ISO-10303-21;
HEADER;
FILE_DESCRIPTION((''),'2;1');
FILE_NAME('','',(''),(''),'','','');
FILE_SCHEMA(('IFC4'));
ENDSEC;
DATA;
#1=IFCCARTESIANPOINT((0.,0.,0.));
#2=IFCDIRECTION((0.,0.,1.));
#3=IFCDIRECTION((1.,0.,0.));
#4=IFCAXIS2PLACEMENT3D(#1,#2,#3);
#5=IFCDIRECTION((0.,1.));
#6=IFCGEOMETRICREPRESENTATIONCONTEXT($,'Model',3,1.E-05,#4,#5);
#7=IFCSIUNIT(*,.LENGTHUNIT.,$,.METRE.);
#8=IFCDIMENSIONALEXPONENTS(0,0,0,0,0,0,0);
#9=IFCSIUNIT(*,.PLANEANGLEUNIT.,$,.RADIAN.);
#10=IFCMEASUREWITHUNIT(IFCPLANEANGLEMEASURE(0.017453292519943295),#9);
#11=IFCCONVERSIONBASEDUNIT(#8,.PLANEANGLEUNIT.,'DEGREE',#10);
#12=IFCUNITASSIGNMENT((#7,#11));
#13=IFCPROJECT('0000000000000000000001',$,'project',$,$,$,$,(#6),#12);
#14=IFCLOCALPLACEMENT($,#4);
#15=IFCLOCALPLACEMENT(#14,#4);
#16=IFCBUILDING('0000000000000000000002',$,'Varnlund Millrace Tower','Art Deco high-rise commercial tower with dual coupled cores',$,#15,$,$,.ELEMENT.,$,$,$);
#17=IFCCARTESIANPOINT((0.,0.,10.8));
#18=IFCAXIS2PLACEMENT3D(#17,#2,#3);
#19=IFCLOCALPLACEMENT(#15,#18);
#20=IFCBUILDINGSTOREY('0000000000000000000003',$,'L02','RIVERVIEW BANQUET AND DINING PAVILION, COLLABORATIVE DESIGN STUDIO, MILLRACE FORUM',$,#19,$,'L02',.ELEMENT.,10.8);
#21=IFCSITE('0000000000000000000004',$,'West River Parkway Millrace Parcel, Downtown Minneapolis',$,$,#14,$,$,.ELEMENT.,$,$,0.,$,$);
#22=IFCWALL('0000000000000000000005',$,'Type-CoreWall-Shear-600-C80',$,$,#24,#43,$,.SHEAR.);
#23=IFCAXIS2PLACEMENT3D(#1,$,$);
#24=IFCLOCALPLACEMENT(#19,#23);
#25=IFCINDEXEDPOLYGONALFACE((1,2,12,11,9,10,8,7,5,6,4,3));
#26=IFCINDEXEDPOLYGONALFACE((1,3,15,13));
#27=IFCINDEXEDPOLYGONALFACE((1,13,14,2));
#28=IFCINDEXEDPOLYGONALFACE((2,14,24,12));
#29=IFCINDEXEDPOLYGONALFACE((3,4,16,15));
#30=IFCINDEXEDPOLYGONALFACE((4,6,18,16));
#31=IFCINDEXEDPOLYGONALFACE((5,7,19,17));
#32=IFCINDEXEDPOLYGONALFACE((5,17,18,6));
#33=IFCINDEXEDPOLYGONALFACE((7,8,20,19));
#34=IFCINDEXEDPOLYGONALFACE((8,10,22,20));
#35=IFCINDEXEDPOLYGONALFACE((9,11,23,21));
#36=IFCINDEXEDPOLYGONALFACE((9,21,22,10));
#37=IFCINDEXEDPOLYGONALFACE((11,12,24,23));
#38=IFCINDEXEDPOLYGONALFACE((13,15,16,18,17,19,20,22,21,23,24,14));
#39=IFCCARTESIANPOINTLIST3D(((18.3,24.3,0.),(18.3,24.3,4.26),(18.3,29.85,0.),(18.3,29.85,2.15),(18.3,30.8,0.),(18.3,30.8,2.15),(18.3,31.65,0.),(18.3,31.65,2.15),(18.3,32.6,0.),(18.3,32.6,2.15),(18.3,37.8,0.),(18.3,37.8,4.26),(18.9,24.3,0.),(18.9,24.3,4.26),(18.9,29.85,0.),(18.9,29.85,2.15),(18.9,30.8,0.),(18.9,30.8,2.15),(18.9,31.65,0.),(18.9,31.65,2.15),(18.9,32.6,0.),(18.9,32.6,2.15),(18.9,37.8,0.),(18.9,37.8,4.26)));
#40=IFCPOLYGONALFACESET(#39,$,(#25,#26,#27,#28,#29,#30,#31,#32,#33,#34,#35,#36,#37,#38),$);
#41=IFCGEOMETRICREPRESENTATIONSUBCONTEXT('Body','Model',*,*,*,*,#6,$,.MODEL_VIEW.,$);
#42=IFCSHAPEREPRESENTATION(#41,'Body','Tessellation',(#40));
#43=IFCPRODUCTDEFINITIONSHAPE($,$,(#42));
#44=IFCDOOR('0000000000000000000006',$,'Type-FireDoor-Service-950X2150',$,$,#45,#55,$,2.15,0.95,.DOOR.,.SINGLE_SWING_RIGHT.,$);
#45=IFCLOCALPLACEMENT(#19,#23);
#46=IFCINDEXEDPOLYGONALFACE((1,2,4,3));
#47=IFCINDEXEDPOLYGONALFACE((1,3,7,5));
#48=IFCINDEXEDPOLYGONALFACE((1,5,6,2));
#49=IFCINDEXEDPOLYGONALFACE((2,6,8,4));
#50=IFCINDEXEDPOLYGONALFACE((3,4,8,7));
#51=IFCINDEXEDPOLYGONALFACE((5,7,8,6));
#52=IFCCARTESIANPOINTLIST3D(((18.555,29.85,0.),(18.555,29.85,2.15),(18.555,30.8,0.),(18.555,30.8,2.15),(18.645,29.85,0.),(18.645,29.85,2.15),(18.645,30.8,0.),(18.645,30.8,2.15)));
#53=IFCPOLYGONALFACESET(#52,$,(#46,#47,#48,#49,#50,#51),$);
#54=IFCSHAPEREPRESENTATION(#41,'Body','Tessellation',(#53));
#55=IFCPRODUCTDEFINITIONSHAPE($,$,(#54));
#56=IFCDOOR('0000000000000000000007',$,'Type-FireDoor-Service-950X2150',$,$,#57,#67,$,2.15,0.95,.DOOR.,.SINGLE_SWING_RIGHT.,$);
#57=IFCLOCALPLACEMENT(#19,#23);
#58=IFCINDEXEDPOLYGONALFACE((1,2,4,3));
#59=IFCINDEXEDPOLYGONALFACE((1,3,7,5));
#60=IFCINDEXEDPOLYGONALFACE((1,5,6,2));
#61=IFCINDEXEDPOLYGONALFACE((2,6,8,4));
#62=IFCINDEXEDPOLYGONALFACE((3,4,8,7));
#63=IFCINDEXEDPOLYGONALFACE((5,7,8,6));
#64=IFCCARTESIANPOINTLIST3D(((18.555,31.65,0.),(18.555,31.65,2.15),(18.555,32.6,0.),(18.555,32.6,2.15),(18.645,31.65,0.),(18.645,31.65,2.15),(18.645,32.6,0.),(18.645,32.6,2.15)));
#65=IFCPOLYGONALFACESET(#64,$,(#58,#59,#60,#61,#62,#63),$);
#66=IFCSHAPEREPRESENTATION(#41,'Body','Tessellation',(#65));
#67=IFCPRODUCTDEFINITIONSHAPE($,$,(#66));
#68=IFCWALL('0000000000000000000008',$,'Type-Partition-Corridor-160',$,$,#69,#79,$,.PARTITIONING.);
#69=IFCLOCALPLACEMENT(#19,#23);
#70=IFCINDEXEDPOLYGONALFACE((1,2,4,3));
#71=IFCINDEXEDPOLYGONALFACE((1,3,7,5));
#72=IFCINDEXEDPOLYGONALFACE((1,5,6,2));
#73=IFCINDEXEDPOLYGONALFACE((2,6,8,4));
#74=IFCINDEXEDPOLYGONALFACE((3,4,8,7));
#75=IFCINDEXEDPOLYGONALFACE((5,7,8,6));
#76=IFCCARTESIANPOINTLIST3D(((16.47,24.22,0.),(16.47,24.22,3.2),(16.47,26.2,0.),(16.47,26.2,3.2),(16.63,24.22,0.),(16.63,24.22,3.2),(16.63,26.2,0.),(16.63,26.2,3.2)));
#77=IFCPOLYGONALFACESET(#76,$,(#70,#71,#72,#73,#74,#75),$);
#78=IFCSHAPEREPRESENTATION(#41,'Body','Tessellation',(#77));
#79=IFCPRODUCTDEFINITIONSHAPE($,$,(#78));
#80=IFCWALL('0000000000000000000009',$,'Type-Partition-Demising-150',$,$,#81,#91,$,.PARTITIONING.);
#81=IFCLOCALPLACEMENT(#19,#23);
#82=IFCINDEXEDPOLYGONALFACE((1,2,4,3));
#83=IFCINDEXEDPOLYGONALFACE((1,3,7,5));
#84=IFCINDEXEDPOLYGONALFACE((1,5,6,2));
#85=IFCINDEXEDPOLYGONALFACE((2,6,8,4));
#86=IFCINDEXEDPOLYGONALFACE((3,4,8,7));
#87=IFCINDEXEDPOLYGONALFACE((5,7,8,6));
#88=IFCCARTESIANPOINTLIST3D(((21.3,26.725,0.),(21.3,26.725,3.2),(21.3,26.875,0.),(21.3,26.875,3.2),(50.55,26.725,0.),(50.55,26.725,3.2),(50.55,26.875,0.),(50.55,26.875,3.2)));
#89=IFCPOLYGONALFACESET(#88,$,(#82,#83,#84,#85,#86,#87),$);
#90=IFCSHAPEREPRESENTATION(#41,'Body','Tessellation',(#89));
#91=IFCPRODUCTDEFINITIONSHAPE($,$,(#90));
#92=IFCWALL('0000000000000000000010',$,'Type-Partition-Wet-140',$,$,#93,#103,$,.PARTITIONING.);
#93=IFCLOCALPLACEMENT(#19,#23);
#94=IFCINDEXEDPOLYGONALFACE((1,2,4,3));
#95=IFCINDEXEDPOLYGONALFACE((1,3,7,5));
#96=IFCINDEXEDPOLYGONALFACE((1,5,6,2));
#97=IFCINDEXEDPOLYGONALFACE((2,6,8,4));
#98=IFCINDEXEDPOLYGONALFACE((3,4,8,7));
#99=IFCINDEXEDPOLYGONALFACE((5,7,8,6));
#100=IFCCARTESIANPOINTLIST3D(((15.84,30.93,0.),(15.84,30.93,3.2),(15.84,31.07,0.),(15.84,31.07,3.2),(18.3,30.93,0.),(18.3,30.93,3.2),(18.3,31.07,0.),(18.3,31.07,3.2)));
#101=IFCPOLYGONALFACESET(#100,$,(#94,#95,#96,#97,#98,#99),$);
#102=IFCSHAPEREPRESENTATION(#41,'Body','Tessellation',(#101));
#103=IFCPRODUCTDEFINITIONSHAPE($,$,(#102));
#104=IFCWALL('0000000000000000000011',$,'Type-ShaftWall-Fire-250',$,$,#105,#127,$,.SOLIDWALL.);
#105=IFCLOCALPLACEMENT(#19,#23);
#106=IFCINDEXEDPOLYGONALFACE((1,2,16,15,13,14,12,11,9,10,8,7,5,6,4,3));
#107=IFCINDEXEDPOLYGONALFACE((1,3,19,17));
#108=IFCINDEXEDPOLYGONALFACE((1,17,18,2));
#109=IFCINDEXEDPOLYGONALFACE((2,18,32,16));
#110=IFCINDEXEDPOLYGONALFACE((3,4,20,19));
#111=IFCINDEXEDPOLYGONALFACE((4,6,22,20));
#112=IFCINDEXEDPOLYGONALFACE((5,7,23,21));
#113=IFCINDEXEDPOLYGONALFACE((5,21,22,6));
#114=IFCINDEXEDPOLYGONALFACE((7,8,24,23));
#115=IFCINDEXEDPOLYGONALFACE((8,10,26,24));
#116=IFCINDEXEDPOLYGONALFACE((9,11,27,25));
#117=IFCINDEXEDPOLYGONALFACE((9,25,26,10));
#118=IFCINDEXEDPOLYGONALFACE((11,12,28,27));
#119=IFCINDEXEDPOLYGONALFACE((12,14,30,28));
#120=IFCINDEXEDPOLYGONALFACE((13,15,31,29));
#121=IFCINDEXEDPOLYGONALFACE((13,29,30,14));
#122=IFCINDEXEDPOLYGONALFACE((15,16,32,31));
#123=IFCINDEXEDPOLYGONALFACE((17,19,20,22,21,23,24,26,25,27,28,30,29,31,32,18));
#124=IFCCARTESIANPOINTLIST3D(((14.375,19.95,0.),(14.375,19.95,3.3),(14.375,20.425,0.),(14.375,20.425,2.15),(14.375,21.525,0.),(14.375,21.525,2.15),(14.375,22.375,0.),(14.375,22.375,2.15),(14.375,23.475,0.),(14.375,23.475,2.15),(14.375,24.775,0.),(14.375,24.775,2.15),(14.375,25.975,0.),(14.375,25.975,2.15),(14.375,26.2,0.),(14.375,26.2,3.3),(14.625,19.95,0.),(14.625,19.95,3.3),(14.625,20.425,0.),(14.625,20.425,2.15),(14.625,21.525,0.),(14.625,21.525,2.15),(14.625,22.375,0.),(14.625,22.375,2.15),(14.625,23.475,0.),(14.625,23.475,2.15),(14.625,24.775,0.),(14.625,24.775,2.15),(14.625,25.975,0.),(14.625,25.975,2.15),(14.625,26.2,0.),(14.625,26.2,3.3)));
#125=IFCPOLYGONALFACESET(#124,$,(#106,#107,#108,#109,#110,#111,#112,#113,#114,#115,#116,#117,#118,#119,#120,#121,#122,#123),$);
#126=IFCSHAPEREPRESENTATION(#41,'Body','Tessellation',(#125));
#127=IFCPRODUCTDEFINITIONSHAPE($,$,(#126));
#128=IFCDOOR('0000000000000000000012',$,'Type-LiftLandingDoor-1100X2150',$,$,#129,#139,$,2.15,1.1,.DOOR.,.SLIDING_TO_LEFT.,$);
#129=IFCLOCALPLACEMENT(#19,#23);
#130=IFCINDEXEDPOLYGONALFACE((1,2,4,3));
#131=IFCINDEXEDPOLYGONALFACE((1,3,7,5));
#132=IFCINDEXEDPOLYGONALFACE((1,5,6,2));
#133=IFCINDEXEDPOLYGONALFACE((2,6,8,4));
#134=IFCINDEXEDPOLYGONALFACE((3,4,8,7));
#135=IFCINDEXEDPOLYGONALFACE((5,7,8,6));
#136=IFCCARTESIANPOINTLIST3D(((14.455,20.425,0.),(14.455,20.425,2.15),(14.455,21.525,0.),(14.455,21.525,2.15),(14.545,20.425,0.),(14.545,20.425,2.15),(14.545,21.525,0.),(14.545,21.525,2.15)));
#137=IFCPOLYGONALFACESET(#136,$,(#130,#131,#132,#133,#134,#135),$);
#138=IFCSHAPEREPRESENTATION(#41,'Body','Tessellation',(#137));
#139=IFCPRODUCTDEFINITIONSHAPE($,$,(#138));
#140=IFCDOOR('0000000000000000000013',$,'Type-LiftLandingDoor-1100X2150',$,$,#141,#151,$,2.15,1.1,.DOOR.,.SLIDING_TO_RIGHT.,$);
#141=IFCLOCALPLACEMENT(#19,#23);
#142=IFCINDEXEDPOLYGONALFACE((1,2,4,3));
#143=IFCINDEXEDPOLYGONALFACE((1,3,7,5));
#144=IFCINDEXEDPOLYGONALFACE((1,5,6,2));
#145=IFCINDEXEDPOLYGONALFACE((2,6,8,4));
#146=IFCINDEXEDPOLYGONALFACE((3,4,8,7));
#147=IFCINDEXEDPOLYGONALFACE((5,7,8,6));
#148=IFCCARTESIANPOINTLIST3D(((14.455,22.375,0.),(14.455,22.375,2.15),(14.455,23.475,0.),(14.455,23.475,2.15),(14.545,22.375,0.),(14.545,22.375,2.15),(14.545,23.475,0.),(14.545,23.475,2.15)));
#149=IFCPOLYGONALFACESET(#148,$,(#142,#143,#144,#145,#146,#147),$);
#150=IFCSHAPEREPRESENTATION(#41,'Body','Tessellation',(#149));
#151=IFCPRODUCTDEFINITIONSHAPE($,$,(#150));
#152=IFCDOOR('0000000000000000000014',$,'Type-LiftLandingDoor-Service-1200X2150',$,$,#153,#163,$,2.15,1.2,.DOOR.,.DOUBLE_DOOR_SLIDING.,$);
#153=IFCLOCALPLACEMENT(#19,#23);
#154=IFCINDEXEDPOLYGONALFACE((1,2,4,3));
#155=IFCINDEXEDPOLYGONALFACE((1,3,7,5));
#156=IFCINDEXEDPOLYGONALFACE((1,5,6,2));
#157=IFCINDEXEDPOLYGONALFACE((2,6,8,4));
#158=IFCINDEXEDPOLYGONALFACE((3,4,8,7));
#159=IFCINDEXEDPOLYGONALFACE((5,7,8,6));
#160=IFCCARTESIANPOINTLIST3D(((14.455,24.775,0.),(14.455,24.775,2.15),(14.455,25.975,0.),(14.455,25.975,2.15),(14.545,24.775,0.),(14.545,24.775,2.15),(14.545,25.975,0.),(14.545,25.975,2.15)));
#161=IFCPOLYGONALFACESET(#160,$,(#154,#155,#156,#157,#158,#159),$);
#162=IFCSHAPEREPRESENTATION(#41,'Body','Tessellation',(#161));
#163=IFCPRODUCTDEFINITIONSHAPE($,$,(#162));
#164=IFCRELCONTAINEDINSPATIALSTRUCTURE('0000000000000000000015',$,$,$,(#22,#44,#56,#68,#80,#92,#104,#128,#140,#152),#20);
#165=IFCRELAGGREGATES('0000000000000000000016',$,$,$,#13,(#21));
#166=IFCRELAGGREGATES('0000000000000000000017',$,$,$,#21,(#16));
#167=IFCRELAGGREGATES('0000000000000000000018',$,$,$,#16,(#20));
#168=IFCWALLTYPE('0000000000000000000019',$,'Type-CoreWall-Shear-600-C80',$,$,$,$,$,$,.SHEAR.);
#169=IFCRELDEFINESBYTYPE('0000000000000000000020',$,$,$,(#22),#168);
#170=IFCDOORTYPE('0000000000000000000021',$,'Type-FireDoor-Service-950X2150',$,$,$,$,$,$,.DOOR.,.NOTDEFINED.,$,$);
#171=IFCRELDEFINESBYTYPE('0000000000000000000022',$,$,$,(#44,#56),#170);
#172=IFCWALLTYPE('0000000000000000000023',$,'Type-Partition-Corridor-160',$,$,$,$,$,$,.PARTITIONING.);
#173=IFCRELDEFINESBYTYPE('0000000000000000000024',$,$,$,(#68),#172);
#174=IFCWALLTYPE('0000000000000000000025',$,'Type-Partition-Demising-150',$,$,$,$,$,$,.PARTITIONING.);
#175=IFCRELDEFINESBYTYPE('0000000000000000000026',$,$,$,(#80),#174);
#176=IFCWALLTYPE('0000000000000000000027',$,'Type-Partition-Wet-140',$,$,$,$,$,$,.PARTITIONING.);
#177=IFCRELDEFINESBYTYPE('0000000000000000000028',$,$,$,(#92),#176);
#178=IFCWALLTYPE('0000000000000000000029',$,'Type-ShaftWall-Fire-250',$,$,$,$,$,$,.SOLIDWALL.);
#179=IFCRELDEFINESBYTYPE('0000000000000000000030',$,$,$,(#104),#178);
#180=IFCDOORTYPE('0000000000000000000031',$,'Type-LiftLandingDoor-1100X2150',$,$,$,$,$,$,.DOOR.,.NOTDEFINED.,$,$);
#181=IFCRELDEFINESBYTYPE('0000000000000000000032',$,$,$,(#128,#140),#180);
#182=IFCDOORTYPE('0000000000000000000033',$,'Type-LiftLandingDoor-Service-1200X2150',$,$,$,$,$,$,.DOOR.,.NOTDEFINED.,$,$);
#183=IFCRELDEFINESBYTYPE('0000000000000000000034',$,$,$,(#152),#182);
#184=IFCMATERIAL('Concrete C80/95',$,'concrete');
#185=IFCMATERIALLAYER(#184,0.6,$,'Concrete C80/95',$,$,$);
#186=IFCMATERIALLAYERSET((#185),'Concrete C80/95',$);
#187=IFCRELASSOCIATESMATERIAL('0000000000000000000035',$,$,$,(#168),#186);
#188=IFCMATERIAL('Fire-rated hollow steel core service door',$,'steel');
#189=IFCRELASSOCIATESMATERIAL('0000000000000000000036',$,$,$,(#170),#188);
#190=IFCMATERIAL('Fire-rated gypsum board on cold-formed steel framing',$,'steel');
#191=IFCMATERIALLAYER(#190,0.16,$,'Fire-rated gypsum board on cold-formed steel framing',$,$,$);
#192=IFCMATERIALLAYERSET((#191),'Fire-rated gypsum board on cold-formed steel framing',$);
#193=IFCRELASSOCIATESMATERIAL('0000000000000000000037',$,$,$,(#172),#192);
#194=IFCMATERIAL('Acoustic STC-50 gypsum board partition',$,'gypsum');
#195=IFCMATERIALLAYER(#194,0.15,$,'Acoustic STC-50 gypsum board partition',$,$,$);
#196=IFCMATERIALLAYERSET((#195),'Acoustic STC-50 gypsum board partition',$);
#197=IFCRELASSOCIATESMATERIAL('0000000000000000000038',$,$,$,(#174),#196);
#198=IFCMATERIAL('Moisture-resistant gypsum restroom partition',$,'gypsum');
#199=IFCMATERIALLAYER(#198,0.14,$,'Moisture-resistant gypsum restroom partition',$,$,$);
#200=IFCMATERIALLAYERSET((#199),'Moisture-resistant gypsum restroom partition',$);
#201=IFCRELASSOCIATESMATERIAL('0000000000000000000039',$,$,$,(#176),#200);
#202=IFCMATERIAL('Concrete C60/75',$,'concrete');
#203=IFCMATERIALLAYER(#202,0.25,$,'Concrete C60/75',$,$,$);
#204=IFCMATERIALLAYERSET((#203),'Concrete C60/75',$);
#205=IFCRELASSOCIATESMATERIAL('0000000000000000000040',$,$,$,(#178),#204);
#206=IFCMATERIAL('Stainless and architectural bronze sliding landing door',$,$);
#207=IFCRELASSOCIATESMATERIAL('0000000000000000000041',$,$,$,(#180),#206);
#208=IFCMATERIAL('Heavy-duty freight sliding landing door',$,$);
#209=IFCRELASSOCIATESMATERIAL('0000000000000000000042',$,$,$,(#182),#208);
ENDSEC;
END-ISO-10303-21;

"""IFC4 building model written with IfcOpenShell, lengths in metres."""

from ifc_helpers import new_model, entity, si_unit, converted_unit, direction, frame, origin_with_axes, origin_2d_with_axis, place, context, subcontext, project, spatial, polyline, rectangle, outline, extrude, material, layer, layer_set, type_object, element, fill, save


model = new_model("IFC4")

# Units and contexts
model_context = context("Model", 3, precision=1e-05, world=origin_with_axes(), true_north=direction((0.0, 1.0)))
body_context = subcontext(model_context, "Body", "Model", "MODEL_VIEW")
ifc_project = project(units=[si_unit("LENGTHUNIT", "METRE"), converted_unit("PLANEANGLEUNIT", "DEGREE", entity("IfcPlaneAngleMeasure", 0.017453292519943295), si_unit("PLANEANGLEUNIT", "RADIAN"), dimensions=[0, 0, 0, 0, 0, 0, 0])], contexts=[model_context])

# Site, building, storey
site_placement = place(None, origin_with_axes())
site = spatial("IfcSite", under=ifc_project, at=site_placement, Name="West River Parkway Millrace Parcel, Downtown Minneapolis", CompositionType="ELEMENT", RefElevation=0.0)
building_placement = place(site_placement, origin_with_axes())
building = spatial("IfcBuilding", under=site, at=building_placement, Name="Varnlund Millrace Tower", Description="Art Deco high-rise commercial tower with dual coupled cores", CompositionType="ELEMENT")
storey_placement = place(building_placement, frame((0.0, 0.0, 10.8), z_axis=(0.0, 0.0, 1.0), x_axis=(1.0, 0.0, 0.0)))
storey = spatial("IfcBuildingStorey", under=building, at=storey_placement, Name="L02", Description="RIVERVIEW BANQUET AND DINING PAVILION, COLLABORATIVE DESIGN STUDIO, MILLRACE FORUM", LongName="L02", CompositionType="ELEMENT", Elevation=10.8)

# Shared definitions
ifc_material_1 = material(Name="Concrete C80/95", Category="concrete")

# Wall, openings, doors
ifc_layer_1 = layer(ifc_material_1, 0.6, Name="Concrete C80/95")
ifc_layer_set_1 = layer_set([ifc_layer_1], Name="Concrete C80/95")
wall_type_1 = type_object("IfcWallType", Name="Type-CoreWall-Shear-600-C80", PredefinedType="SHEAR", material=ifc_layer_set_1)
wall_1_placement = place(storey_placement, frame((18.6, 24.3, 0.0), z_axis=(0.0, 0.0, 1.0), x_axis=(0.0, 1.0, 0.0)))
wall_1 = element("IfcWall", 1, at=wall_1_placement, inside=storey, type_object=wall_type_1, Name="Type-CoreWall-Shear-600-C80", PredefinedType="SHEAR", context=body_context, shape_type="SweptSolid", body=[
    extrude(outline(polyline([(0.0, -0.3), (13.5, -0.3), (13.5, 0.3), (0.0, 0.3), (0.0, -0.3)])), origin_with_axes(), (0.0, 0.0, 1.0), 4.26),
])
opening_1_placement = place(wall_1_placement, frame((6.025, 0.0, 0.0), z_axis=(0.0, 0.0, 1.0), x_axis=(1.0, 0.0, 0.0)))
opening_1 = element("IfcOpeningElement", 2, at=opening_1_placement, cuts=wall_1, PredefinedType="OPENING", context=body_context, shape_type="SweptSolid", body=[
    extrude(rectangle(XDim=0.95, YDim=0.62, at=origin_2d_with_axis()), origin_with_axes(), (0.0, 0.0, 1.0), 2.15),
])
opening_2_placement = place(wall_1_placement, frame((7.825, 0.0, 0.0), z_axis=(0.0, 0.0, 1.0), x_axis=(1.0, 0.0, 0.0)))
opening_2 = element("IfcOpeningElement", 3, at=opening_2_placement, cuts=wall_1, PredefinedType="OPENING", context=body_context, shape_type="SweptSolid", body=[
    extrude(rectangle(XDim=0.95, YDim=0.62, at=origin_2d_with_axis()), origin_with_axes(), (0.0, 0.0, 1.0), 2.15),
])
ifc_material_2 = material(Name="Fire-rated hollow steel core service door", Category="steel")
door_type_1 = type_object("IfcDoorType", Name="Type-FireDoor-Service-950X2150", OperationType="NOTDEFINED", PredefinedType="DOOR", material=ifc_material_2)
door_1_placement = place(wall_1_placement, frame((6.025, 0.0, 0.0), z_axis=(0.0, 0.0, 1.0), x_axis=(1.0, 0.0, 0.0)))
door_1 = element("IfcDoor", 4, at=door_1_placement, inside=storey, type_object=door_type_1, Name="Type-FireDoor-Service-950X2150", OperationType="SINGLE_SWING_RIGHT", OverallHeight=2.15, OverallWidth=0.95, PredefinedType="DOOR", context=body_context, shape_type="SweptSolid", body=[
    extrude(rectangle(XDim=0.95, YDim=0.09, at=origin_2d_with_axis()), origin_with_axes(), (0.0, 0.0, 1.0), 2.15),
])
fill(opening_1, door_1)
door_2_placement = place(wall_1_placement, frame((7.825, 0.0, 0.0), z_axis=(0.0, 0.0, 1.0), x_axis=(1.0, 0.0, 0.0)))
door_2 = element("IfcDoor", 5, at=door_2_placement, inside=storey, type_object=door_type_1, Name="Type-FireDoor-Service-950X2150", OperationType="SINGLE_SWING_RIGHT", OverallHeight=2.15, OverallWidth=0.95, PredefinedType="DOOR", context=body_context, shape_type="SweptSolid", body=[
    extrude(rectangle(XDim=0.95, YDim=0.09, at=origin_2d_with_axis()), origin_with_axes(), (0.0, 0.0, 1.0), 2.15),
])
fill(opening_2, door_2)

# Walls
ifc_material_3 = material(Name="Fire-rated gypsum board on cold-formed steel framing", Category="steel")
ifc_layer_2 = layer(ifc_material_3, 0.16, Name="Fire-rated gypsum board on cold-formed steel framing")
ifc_layer_set_2 = layer_set([ifc_layer_2], Name="Fire-rated gypsum board on cold-formed steel framing")
wall_type_2 = type_object("IfcWallType", Name="Type-Partition-Corridor-160", PredefinedType="PARTITIONING", material=ifc_layer_set_2)
wall_2_placement = place(storey_placement, frame((16.55, 24.22, 0.0), z_axis=(0.0, 0.0, 1.0), x_axis=(0.0, 1.0, 0.0)))
element("IfcWall", 6, at=wall_2_placement, inside=storey, type_object=wall_type_2, Name="Type-Partition-Corridor-160", PredefinedType="PARTITIONING", context=body_context, shape_type="SweptSolid", body=[
    extrude(outline(polyline([(0.0, -0.08), (1.98, -0.08), (1.98, 0.08), (0.0, 0.08), (0.0, -0.08)])), origin_with_axes(), (0.0, 0.0, 1.0), 3.2),
])
ifc_material_4 = material(Name="Acoustic STC-50 gypsum board partition", Category="gypsum")
ifc_layer_3 = layer(ifc_material_4, 0.15, Name="Acoustic STC-50 gypsum board partition")
ifc_layer_set_3 = layer_set([ifc_layer_3], Name="Acoustic STC-50 gypsum board partition")
wall_type_3 = type_object("IfcWallType", Name="Type-Partition-Demising-150", PredefinedType="PARTITIONING", material=ifc_layer_set_3)
wall_3_placement = place(storey_placement, frame((21.3, 26.8, 0.0), z_axis=(0.0, 0.0, 1.0), x_axis=(1.0, 0.0, 0.0)))
element("IfcWall", 7, at=wall_3_placement, inside=storey, type_object=wall_type_3, Name="Type-Partition-Demising-150", PredefinedType="PARTITIONING", context=body_context, shape_type="SweptSolid", body=[
    extrude(outline(polyline([(0.0, -0.075), (29.25, -0.075), (29.25, 0.075), (0.0, 0.075), (0.0, -0.075)])), origin_with_axes(), (0.0, 0.0, 1.0), 3.2),
])
ifc_material_5 = material(Name="Moisture-resistant gypsum restroom partition", Category="gypsum")
ifc_layer_4 = layer(ifc_material_5, 0.14, Name="Moisture-resistant gypsum restroom partition")
ifc_layer_set_4 = layer_set([ifc_layer_4], Name="Moisture-resistant gypsum restroom partition")
wall_type_4 = type_object("IfcWallType", Name="Type-Partition-Wet-140", PredefinedType="PARTITIONING", material=ifc_layer_set_4)
wall_4_placement = place(storey_placement, frame((15.84, 31.0, 0.0), z_axis=(0.0, 0.0, 1.0), x_axis=(1.0, 0.0, 0.0)))
element("IfcWall", 8, at=wall_4_placement, inside=storey, type_object=wall_type_4, Name="Type-Partition-Wet-140", PredefinedType="PARTITIONING", context=body_context, shape_type="SweptSolid", body=[
    extrude(outline(polyline([(0.0, -0.07), (2.46, -0.07), (2.46, 0.07), (0.0, 0.07), (0.0, -0.07)])), origin_with_axes(), (0.0, 0.0, 1.0), 3.2),
])

# Wall, openings, doors
ifc_material_6 = material(Name="Concrete C60/75", Category="concrete")
ifc_layer_5 = layer(ifc_material_6, 0.25, Name="Concrete C60/75")
ifc_layer_set_5 = layer_set([ifc_layer_5], Name="Concrete C60/75")
wall_type_5 = type_object("IfcWallType", Name="Type-ShaftWall-Fire-250", PredefinedType="SOLIDWALL", material=ifc_layer_set_5)
wall_5_placement = place(storey_placement, frame((14.5, 19.95, 0.0), z_axis=(0.0, 0.0, 1.0), x_axis=(0.0, 1.0, 0.0)))
wall_5 = element("IfcWall", 9, at=wall_5_placement, inside=storey, type_object=wall_type_5, Name="Type-ShaftWall-Fire-250", PredefinedType="SOLIDWALL", context=body_context, shape_type="SweptSolid", body=[
    extrude(outline(polyline([(0.0, -0.125), (6.25, -0.125), (6.25, 0.125), (0.0, 0.125), (0.0, -0.125)])), origin_with_axes(), (0.0, 0.0, 1.0), 3.3),
])
opening_3_placement = place(wall_5_placement, frame((1.025, 0.0, 0.0), z_axis=(0.0, 0.0, 1.0), x_axis=(1.0, 0.0, 0.0)))
opening_3 = element("IfcOpeningElement", 10, at=opening_3_placement, cuts=wall_5, PredefinedType="OPENING", context=body_context, shape_type="SweptSolid", body=[
    extrude(rectangle(XDim=1.1, YDim=0.27, at=origin_2d_with_axis()), origin_with_axes(), (0.0, 0.0, 1.0), 2.15),
])
opening_4_placement = place(wall_5_placement, frame((2.975, 0.0, 0.0), z_axis=(0.0, 0.0, 1.0), x_axis=(1.0, 0.0, 0.0)))
opening_4 = element("IfcOpeningElement", 11, at=opening_4_placement, cuts=wall_5, PredefinedType="OPENING", context=body_context, shape_type="SweptSolid", body=[
    extrude(rectangle(XDim=1.1, YDim=0.27, at=origin_2d_with_axis()), origin_with_axes(), (0.0, 0.0, 1.0), 2.15),
])
opening_5_placement = place(wall_5_placement, frame((5.425, 0.0, 0.0), z_axis=(0.0, 0.0, 1.0), x_axis=(1.0, 0.0, 0.0)))
opening_5 = element("IfcOpeningElement", 12, at=opening_5_placement, cuts=wall_5, PredefinedType="OPENING", context=body_context, shape_type="SweptSolid", body=[
    extrude(rectangle(XDim=1.2, YDim=0.27, at=origin_2d_with_axis()), origin_with_axes(), (0.0, 0.0, 1.0), 2.15),
])
ifc_material_7 = material(Name="Stainless and architectural bronze sliding landing door")
door_type_2 = type_object("IfcDoorType", Name="Type-LiftLandingDoor-1100X2150", OperationType="NOTDEFINED", PredefinedType="DOOR", material=ifc_material_7)
door_3_placement = place(wall_5_placement, frame((1.025, 0.0, 0.0), z_axis=(0.0, 0.0, 1.0), x_axis=(1.0, 0.0, 0.0)))
door_3 = element("IfcDoor", 13, at=door_3_placement, inside=storey, type_object=door_type_2, Name="Type-LiftLandingDoor-1100X2150", OperationType="SLIDING_TO_LEFT", OverallHeight=2.15, OverallWidth=1.1, PredefinedType="DOOR", context=body_context, shape_type="SweptSolid", body=[
    extrude(rectangle(XDim=1.1, YDim=0.09, at=origin_2d_with_axis()), origin_with_axes(), (0.0, 0.0, 1.0), 2.15),
])
fill(opening_3, door_3)
door_4_placement = place(wall_5_placement, frame((2.975, 0.0, 0.0), z_axis=(0.0, 0.0, 1.0), x_axis=(1.0, 0.0, 0.0)))
door_4 = element("IfcDoor", 14, at=door_4_placement, inside=storey, type_object=door_type_2, Name="Type-LiftLandingDoor-1100X2150", OperationType="SLIDING_TO_RIGHT", OverallHeight=2.15, OverallWidth=1.1, PredefinedType="DOOR", context=body_context, shape_type="SweptSolid", body=[
    extrude(rectangle(XDim=1.1, YDim=0.09, at=origin_2d_with_axis()), origin_with_axes(), (0.0, 0.0, 1.0), 2.15),
])
fill(opening_4, door_4)
ifc_material_8 = material(Name="Heavy-duty freight sliding landing door")
door_type_3 = type_object("IfcDoorType", Name="Type-LiftLandingDoor-Service-1200X2150", OperationType="NOTDEFINED", PredefinedType="DOOR", material=ifc_material_8)
door_5_placement = place(wall_5_placement, frame((5.425, 0.0, 0.0), z_axis=(0.0, 0.0, 1.0), x_axis=(1.0, 0.0, 0.0)))
door_5 = element("IfcDoor", 15, at=door_5_placement, inside=storey, type_object=door_type_3, Name="Type-LiftLandingDoor-Service-1200X2150", OperationType="DOUBLE_DOOR_SLIDING", OverallHeight=2.15, OverallWidth=1.2, PredefinedType="DOOR", context=body_context, shape_type="SweptSolid", body=[
    extrude(rectangle(XDim=1.2, YDim=0.09, at=origin_2d_with_axis()), origin_with_axes(), (0.0, 0.0, 1.0), 2.15),
])
fill(opening_5, door_5)

save(model, "model.ifc")
